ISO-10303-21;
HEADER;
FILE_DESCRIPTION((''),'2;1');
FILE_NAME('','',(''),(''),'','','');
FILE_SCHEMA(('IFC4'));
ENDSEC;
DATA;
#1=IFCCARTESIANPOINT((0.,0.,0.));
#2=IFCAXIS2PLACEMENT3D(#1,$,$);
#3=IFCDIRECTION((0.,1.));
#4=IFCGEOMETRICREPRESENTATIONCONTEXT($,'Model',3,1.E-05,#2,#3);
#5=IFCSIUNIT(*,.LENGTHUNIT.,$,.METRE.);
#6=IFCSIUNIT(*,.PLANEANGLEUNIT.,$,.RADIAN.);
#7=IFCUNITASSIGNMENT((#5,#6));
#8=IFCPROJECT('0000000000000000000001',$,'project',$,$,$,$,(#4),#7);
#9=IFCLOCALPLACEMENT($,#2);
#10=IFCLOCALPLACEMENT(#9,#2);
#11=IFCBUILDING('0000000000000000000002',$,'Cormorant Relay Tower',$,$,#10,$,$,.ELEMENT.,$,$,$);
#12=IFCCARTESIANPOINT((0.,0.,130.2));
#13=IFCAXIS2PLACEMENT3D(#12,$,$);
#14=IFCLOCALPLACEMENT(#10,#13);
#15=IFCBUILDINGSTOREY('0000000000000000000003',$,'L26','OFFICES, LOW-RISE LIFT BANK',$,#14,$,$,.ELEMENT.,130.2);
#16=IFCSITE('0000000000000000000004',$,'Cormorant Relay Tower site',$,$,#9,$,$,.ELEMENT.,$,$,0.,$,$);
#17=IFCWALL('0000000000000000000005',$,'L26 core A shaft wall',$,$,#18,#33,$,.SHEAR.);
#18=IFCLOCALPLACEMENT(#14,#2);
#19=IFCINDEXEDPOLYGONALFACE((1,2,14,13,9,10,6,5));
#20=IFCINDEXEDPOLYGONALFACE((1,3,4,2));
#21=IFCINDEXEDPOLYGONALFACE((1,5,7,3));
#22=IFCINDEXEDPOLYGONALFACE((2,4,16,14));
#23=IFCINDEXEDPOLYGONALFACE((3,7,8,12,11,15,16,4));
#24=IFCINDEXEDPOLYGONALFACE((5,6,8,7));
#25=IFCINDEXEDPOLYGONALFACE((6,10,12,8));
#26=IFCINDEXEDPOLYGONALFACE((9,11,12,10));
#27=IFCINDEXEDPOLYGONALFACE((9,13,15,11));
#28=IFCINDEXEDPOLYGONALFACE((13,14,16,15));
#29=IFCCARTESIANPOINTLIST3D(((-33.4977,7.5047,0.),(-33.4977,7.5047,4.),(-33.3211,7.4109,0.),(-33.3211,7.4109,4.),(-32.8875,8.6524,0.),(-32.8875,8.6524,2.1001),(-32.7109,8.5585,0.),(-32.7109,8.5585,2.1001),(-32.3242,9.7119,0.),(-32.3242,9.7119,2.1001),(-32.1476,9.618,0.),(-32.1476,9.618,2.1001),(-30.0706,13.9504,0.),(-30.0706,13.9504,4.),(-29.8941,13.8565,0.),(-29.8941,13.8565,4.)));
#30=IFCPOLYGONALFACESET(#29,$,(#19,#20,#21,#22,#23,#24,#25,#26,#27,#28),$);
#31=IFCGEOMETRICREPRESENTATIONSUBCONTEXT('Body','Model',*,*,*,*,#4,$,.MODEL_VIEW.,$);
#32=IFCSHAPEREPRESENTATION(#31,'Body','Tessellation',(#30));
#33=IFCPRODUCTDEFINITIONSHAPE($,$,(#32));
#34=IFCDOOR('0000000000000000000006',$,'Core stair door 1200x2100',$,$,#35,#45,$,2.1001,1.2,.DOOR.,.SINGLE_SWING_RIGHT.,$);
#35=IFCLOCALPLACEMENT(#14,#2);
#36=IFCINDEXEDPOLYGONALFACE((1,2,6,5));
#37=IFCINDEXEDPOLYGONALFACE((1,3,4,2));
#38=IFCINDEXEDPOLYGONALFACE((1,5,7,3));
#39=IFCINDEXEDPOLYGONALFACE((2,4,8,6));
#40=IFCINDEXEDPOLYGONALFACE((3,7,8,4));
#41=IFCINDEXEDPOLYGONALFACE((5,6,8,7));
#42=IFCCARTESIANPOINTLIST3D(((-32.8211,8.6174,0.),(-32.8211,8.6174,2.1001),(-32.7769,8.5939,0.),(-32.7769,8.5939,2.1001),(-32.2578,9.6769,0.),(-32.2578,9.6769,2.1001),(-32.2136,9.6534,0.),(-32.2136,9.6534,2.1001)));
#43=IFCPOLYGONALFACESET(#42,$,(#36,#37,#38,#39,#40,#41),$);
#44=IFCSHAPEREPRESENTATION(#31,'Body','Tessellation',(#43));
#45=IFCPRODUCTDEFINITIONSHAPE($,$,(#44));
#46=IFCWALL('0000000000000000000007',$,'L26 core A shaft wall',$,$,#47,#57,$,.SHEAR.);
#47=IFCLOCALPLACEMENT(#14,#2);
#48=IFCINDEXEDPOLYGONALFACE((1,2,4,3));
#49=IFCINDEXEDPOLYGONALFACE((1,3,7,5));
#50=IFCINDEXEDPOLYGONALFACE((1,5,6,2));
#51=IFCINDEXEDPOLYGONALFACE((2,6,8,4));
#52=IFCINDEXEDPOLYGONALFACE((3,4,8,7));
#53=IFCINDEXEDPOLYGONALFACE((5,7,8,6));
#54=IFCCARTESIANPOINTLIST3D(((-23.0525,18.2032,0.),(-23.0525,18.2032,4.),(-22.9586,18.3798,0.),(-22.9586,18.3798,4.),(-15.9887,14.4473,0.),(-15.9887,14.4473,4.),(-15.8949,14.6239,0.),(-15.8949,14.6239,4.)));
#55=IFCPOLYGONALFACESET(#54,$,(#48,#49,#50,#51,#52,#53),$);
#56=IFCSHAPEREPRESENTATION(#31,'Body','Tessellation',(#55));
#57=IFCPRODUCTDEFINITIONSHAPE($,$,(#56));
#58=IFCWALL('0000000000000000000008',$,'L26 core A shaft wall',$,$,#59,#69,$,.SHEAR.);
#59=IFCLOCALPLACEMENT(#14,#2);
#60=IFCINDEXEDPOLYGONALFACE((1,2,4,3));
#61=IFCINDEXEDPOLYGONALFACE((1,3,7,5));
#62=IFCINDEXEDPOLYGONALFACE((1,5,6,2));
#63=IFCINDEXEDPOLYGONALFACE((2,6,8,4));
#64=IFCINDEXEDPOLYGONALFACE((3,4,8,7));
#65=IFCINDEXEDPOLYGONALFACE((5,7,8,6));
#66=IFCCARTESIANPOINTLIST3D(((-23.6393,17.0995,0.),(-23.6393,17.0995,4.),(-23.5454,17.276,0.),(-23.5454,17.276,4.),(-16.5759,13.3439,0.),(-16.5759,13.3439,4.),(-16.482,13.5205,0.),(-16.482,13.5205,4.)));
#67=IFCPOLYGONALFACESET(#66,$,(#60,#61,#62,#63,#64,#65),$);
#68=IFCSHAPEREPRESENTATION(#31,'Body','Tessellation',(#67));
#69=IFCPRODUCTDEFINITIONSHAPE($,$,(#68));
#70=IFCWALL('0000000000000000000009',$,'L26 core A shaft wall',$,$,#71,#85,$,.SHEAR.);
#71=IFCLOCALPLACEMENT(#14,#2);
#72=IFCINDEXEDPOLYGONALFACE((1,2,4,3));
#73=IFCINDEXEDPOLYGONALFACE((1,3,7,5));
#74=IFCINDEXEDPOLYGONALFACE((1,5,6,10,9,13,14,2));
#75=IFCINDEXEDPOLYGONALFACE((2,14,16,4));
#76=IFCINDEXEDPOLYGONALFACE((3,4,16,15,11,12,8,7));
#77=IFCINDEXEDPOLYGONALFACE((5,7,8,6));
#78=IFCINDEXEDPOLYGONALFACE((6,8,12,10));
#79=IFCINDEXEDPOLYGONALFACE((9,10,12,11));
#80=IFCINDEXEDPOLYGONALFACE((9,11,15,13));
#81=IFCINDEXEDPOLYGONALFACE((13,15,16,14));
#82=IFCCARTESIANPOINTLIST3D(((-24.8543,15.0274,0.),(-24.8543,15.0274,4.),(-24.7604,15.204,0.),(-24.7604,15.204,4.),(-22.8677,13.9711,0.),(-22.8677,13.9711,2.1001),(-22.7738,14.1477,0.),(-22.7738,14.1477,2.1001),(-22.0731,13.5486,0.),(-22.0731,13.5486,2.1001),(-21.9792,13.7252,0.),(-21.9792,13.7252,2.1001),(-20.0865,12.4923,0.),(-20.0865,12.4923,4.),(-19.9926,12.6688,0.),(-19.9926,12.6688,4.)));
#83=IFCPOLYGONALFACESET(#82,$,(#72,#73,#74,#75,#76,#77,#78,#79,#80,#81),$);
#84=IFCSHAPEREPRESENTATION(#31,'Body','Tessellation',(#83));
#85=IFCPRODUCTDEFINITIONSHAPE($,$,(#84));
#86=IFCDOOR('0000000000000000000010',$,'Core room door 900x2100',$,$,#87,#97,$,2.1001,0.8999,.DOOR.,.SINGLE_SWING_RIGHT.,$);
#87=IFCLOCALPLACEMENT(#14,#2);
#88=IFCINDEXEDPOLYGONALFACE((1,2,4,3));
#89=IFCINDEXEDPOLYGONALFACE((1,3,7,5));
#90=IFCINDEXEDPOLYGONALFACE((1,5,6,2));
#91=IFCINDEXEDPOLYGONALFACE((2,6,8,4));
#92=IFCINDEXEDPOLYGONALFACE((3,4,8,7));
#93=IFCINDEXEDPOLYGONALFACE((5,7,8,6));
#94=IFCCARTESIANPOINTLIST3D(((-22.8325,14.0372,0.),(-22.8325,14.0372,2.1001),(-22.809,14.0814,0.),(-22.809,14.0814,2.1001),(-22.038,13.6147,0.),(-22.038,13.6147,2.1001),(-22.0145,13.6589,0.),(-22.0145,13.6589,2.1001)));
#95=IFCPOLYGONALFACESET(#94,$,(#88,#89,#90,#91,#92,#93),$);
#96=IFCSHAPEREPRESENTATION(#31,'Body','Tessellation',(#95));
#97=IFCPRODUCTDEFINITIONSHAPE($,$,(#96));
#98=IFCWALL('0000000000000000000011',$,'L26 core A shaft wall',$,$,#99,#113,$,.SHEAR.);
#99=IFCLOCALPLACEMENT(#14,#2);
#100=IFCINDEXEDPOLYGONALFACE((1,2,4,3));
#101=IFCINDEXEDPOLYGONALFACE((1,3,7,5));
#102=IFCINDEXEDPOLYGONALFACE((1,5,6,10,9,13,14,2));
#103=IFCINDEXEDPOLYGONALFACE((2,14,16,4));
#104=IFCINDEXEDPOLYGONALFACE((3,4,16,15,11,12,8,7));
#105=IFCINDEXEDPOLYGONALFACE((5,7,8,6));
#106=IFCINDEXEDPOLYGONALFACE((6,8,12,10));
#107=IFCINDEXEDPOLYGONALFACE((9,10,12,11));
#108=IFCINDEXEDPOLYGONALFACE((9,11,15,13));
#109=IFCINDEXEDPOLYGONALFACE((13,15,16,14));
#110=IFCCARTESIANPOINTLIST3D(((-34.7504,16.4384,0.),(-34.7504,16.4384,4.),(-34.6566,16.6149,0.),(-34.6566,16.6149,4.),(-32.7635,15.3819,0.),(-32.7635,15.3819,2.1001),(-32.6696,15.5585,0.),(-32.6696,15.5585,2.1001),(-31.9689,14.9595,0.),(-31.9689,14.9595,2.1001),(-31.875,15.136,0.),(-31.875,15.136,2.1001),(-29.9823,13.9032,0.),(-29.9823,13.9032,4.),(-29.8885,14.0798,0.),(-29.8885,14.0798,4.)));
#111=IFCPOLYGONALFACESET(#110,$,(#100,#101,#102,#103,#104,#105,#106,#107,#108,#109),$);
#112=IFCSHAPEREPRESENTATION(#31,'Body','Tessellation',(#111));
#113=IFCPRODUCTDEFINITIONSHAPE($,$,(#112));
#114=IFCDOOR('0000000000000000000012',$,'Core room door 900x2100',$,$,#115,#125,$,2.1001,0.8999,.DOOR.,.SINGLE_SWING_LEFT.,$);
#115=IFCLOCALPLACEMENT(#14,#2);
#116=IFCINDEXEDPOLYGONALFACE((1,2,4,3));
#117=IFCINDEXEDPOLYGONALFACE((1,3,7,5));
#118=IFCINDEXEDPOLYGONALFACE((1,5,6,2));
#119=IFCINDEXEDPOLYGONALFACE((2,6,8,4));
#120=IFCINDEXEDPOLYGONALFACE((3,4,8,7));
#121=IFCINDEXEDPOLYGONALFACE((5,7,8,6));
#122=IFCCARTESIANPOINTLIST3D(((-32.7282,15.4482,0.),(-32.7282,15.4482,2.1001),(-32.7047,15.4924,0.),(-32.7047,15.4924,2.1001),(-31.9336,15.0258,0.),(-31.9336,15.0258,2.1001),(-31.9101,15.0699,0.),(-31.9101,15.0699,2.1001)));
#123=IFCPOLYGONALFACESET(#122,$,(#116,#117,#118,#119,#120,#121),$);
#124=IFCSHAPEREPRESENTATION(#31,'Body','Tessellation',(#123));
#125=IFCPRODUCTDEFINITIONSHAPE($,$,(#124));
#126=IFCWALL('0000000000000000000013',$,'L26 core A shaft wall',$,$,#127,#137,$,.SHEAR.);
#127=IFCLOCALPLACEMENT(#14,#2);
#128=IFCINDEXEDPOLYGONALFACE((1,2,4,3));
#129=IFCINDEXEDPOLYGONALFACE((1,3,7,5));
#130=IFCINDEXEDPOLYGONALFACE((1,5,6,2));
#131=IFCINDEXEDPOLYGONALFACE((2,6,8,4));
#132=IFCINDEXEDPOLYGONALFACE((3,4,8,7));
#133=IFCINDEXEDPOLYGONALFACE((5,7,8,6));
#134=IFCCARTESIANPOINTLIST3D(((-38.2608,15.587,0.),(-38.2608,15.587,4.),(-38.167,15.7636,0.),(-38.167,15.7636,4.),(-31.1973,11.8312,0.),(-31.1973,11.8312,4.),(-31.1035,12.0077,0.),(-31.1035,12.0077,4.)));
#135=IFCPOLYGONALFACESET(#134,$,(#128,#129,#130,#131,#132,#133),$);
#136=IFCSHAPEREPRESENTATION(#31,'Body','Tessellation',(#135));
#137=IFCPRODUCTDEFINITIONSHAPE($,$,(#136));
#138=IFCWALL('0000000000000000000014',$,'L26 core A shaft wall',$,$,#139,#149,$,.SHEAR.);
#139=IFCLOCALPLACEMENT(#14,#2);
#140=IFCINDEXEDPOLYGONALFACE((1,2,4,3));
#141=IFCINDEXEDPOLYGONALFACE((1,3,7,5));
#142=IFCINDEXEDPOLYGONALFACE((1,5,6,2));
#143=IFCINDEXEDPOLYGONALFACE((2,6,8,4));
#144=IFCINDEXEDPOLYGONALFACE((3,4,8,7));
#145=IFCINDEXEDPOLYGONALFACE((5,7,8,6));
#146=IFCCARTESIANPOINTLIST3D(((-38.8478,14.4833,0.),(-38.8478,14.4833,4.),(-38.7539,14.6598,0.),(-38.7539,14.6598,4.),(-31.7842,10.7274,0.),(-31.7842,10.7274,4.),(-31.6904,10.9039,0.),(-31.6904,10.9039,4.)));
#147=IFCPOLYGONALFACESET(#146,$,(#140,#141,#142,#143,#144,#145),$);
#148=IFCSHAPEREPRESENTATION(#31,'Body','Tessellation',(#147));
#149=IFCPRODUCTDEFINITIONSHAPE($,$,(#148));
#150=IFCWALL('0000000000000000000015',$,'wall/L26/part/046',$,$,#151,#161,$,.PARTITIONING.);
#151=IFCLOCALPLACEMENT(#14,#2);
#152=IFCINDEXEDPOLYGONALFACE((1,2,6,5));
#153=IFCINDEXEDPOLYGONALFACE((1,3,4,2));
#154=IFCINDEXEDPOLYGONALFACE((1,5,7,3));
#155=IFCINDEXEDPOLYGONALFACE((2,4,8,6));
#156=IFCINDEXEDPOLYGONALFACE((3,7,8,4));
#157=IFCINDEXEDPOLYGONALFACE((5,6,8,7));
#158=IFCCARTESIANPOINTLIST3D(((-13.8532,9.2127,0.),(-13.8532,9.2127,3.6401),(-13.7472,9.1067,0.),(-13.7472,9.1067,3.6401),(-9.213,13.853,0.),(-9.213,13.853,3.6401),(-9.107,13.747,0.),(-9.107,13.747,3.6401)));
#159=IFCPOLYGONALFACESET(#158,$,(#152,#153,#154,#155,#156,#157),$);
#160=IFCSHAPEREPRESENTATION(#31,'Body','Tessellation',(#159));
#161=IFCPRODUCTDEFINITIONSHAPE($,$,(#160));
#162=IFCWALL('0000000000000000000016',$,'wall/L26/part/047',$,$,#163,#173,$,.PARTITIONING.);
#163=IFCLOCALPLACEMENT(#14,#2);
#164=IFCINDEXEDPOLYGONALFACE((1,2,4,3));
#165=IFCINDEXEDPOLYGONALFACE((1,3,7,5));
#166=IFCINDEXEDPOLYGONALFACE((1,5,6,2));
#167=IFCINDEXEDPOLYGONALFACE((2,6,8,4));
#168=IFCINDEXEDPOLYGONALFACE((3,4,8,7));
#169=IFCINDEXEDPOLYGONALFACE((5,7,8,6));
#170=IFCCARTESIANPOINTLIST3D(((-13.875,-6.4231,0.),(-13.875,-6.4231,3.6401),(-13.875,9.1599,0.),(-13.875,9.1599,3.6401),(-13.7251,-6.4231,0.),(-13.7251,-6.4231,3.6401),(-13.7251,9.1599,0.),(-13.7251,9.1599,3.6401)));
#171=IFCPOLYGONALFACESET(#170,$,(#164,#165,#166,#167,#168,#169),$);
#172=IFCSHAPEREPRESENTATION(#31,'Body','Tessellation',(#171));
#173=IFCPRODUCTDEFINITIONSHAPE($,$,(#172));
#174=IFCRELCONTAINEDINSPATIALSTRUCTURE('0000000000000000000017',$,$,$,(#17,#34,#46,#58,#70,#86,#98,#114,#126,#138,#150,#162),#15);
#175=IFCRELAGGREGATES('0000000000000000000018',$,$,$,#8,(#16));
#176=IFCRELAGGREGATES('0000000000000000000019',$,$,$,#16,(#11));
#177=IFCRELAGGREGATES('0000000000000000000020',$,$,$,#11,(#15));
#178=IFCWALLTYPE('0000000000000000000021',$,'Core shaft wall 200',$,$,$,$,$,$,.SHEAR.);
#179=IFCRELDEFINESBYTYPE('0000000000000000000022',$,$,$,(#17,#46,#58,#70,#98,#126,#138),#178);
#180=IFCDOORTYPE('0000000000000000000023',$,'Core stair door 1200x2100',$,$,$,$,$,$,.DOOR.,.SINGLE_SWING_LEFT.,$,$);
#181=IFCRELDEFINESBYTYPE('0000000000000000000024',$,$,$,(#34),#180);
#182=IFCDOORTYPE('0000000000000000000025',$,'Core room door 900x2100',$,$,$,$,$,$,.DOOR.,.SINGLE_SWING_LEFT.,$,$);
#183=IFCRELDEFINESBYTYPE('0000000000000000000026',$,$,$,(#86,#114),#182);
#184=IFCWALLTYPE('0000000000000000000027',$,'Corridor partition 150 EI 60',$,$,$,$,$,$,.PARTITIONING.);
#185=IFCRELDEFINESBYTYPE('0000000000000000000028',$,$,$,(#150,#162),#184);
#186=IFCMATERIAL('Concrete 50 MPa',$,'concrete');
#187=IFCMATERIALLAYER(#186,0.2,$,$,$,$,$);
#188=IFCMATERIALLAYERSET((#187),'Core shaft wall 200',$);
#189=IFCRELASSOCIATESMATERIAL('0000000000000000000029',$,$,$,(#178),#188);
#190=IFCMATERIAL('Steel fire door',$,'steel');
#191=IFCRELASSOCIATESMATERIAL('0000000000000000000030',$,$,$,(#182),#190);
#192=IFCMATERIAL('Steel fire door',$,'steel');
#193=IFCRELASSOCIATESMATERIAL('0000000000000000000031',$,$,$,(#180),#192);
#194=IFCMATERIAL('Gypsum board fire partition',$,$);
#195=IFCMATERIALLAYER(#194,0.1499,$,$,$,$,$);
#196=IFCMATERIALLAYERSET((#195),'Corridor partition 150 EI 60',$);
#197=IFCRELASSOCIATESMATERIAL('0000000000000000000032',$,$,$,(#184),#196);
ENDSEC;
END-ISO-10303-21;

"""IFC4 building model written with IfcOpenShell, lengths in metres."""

from ifc_helpers import new_model, si_unit, direction, frame, frame_2d, origin, place, context, subcontext, project, spatial, rectangle, extrude, material, layer, layer_set, type_object, element, fill, save


model = new_model("IFC4")

# Units and contexts
model_context = context("Model", 3, precision=1e-05, world=origin(), true_north=direction((0.0, 1.0)))
body_context = subcontext(model_context, "Body", "Model", "MODEL_VIEW")
ifc_project = project(units=[si_unit("LENGTHUNIT", "METRE"), si_unit("PLANEANGLEUNIT", "RADIAN")], contexts=[model_context])

# Site, building, storey
site_placement = place(None, origin())
site = spatial("IfcSite", under=ifc_project, at=site_placement, Name="Cormorant Relay Tower site", CompositionType="ELEMENT", RefElevation=0.0)
building_placement = place(site_placement, origin())
building = spatial("IfcBuilding", under=site, at=building_placement, Name="Cormorant Relay Tower", CompositionType="ELEMENT")
storey_placement = place(building_placement, frame((0.0, 0.0, 130.2)))
storey = spatial("IfcBuildingStorey", under=building, at=storey_placement, Name="L26", Description="OFFICES, LOW-RISE LIFT BANK", CompositionType="ELEMENT", Elevation=130.2)

# Shared definitions
ifc_material_1 = material(Name="Concrete 50 MPa", Category="concrete")
ifc_layer_1 = layer(ifc_material_1, 0.2)
ifc_layer_set_1 = layer_set([ifc_layer_1], Name="Core shaft wall 200")
wall_type_1 = type_object("IfcWallType", Name="Core shaft wall 200", PredefinedType="SHEAR", material=ifc_layer_set_1)

# Shared definitions
ifc_material_2 = material(Name="Steel fire door", Category="steel")
door_type_1 = type_object("IfcDoorType", Name="Core room door 900x2100", OperationType="SINGLE_SWING_LEFT", PredefinedType="DOOR", material=ifc_material_2)

# Wall, opening, door
wall_1_placement = place(storey_placement, frame((-29.9824, 13.9033, 0.0), z_axis=(0.0, 0.0, 1.0), x_axis=(-0.469454, -0.882957, 0.0)))
wall_1 = element("IfcWall", 1, at=wall_1_placement, inside=storey, type_object=wall_type_1, Name="L26 core A shaft wall", PredefinedType="SHEAR", context=body_context, shape_type="SweptSolid", body=[
    extrude(rectangle(XDim=7.3, YDim=0.2, at=frame_2d((3.6499, 0.0))), origin(), (0.0, 0.0, 1.0), 4.0),
])
opening_1_placement = place(wall_1_placement, frame((4.8, 0.0, 0.0)))
opening_1 = element("IfcOpeningElement", 2, at=opening_1_placement, cuts=wall_1, PredefinedType="OPENING", context=body_context, shape_type="SweptSolid", body=[
    extrude(rectangle(XDim=1.2, YDim=2.1001, at=frame_2d((0.6001, 1.05))), frame((0.0, 0.1099, 0.0), z_axis=(0.0, -1.0, 0.0), x_axis=(1.0, 0.0, 0.0)), (0.0, 0.0, 1.0), 0.22),
])
ifc_material_3 = material(Name="Steel fire door", Category="steel")
door_type_2 = type_object("IfcDoorType", Name="Core stair door 1200x2100", OperationType="SINGLE_SWING_LEFT", PredefinedType="DOOR", material=ifc_material_3)
door_1_placement = place(opening_1_placement, frame((1.2, 0.0, 0.0), z_axis=(0.0, 0.0, 1.0), x_axis=(-1.0, 0.0, 0.0)))
door_1 = element("IfcDoor", 3, at=door_1_placement, inside=storey, type_object=door_type_2, Name="Core stair door 1200x2100", OperationType="SINGLE_SWING_RIGHT", OverallHeight=2.1001, OverallWidth=1.2, PredefinedType="DOOR", context=body_context, shape_type="SweptSolid", body=[
    extrude(rectangle(XDim=1.2, YDim=2.1001, at=frame_2d((0.6001, 1.05))), frame((0.0, 0.0249, 0.0), z_axis=(0.0, -1.0, 0.0), x_axis=(1.0, 0.0, 0.0)), (0.0, 0.0, 1.0), 0.05),
])
fill(opening_1, door_1)

# Walls
wall_2_placement = place(storey_placement, frame((-15.9419, 14.5356, 0.0), z_axis=(0.0, 0.0, 1.0), x_axis=(-0.882947, 0.469473, 0.0)))
element("IfcWall", 4, at=wall_2_placement, inside=storey, type_object=wall_type_1, Name="L26 core A shaft wall", PredefinedType="SHEAR", context=body_context, shape_type="SweptSolid", body=[
    extrude(rectangle(XDim=8.0002, YDim=0.2, at=frame_2d((4.0, 0.0))), origin(), (0.0, 0.0, 1.0), 4.0),
])
wall_3_placement = place(storey_placement, frame((-16.5288, 13.4321, 0.0), z_axis=(0.0, 0.0, 1.0), x_axis=(-0.882953, 0.469462, 0.0)))
element("IfcWall", 5, at=wall_3_placement, inside=storey, type_object=wall_type_1, Name="L26 core A shaft wall", PredefinedType="SHEAR", context=body_context, shape_type="SweptSolid", body=[
    extrude(rectangle(XDim=7.9998, YDim=0.2, at=frame_2d((4.0, 0.0))), origin(), (0.0, 0.0, 1.0), 4.0),
])

# Walls, openings, doors
wall_4_placement = place(storey_placement, frame((-20.0396, 12.5806, 0.0), z_axis=(0.0, 0.0, 1.0), x_axis=(-0.882943, 0.46948, 0.0)))
wall_4 = element("IfcWall", 6, at=wall_4_placement, inside=storey, type_object=wall_type_1, Name="L26 core A shaft wall", PredefinedType="SHEAR", context=body_context, shape_type="SweptSolid", body=[
    extrude(rectangle(XDim=5.3999, YDim=0.2, at=frame_2d((2.7, 0.0))), origin(), (0.0, 0.0, 1.0), 4.0),
])
opening_2_placement = place(wall_4_placement, frame((2.25, 0.0, 0.0)))
opening_2 = element("IfcOpeningElement", 7, at=opening_2_placement, cuts=wall_4, PredefinedType="OPENING", context=body_context, shape_type="SweptSolid", body=[
    extrude(rectangle(XDim=0.8999, YDim=2.1001, at=frame_2d((0.45, 1.05))), frame((0.0, 0.1099, 0.0), z_axis=(0.0, -1.0, 0.0), x_axis=(1.0, 0.0, 0.0)), (0.0, 0.0, 1.0), 0.22),
])
door_2_placement = place(opening_2_placement, frame((0.8999, 0.0, 0.0), z_axis=(0.0, 0.0, 1.0), x_axis=(-1.0, 0.0, 0.0)))
door_2 = element("IfcDoor", 8, at=door_2_placement, inside=storey, type_object=door_type_1, Name="Core room door 900x2100", OperationType="SINGLE_SWING_RIGHT", OverallHeight=2.1001, OverallWidth=0.8999, PredefinedType="DOOR", context=body_context, shape_type="SweptSolid", body=[
    extrude(rectangle(XDim=0.8999, YDim=2.1001, at=frame_2d((0.45, 1.05))), frame((0.0, 0.0249, 0.0), z_axis=(0.0, -1.0, 0.0), x_axis=(1.0, 0.0, 0.0)), (0.0, 0.0, 1.0), 0.05),
])
fill(opening_2, door_2)
wall_5_placement = place(storey_placement, frame((-29.9353, 13.9915, 0.0), z_axis=(0.0, 0.0, 1.0), x_axis=(-0.882953, 0.469462, 0.0)))
wall_5 = element("IfcWall", 9, at=wall_5_placement, inside=storey, type_object=wall_type_1, Name="L26 core A shaft wall", PredefinedType="SHEAR", context=body_context, shape_type="SweptSolid", body=[
    extrude(rectangle(XDim=5.4001, YDim=0.2, at=frame_2d((2.7002, 0.0))), origin(), (0.0, 0.0, 1.0), 4.0),
])
opening_3_placement = place(wall_5_placement, frame((2.25, 0.0, 0.0)))
opening_3 = element("IfcOpeningElement", 10, at=opening_3_placement, cuts=wall_5, PredefinedType="OPENING", context=body_context, shape_type="SweptSolid", body=[
    extrude(rectangle(XDim=0.8999, YDim=2.1001, at=frame_2d((0.45, 1.05))), frame((0.0, 0.1099, 0.0), z_axis=(0.0, -1.0, 0.0), x_axis=(1.0, 0.0, 0.0)), (0.0, 0.0, 1.0), 0.22),
])
door_3_placement = place(opening_3_placement, origin())
door_3 = element("IfcDoor", 11, at=door_3_placement, inside=storey, type_object=door_type_1, Name="Core room door 900x2100", OperationType="SINGLE_SWING_LEFT", OverallHeight=2.1001, OverallWidth=0.8999, PredefinedType="DOOR", context=body_context, shape_type="SweptSolid", body=[
    extrude(rectangle(XDim=0.8999, YDim=2.1001, at=frame_2d((0.45, 1.05))), frame((0.0, 0.0249, 0.0), z_axis=(0.0, -1.0, 0.0), x_axis=(1.0, 0.0, 0.0)), (0.0, 0.0, 1.0), 0.05),
])
fill(opening_3, door_3)

# Walls
for number, where, z_axis, x_axis, name in (
    (12, (-31.1504, 11.9194, 0.0), (0.0, 0.0, 1.0), (-0.88294, 0.469485, 0.0), "L26 core A shaft wall"),
    (13, (-31.7373, 10.8157, 0.0), (0.0, 0.0, 1.0), (-0.88294, 0.469485, 0.0), "L26 core A shaft wall"),
):
    element("IfcWall", number, at=place(storey_placement, frame(where, z_axis=z_axis, x_axis=x_axis)), inside=storey, type_object=wall_type_1, Name=name, PredefinedType="SHEAR", context=body_context, shape_type="SweptSolid", body=[
        extrude(rectangle(XDim=8.0, YDim=0.2, at=frame_2d((4.0, 0.0))), origin(), (0.0, 0.0, 1.0), 4.0),
    ])
ifc_material_4 = material(Name="Gypsum board fire partition")
ifc_layer_2 = layer(ifc_material_4, 0.1499)
ifc_layer_set_2 = layer_set([ifc_layer_2], Name="Corridor partition 150 EI 60")
wall_type_2 = type_object("IfcWallType", Name="Corridor partition 150 EI 60", PredefinedType="PARTITIONING", material=ifc_layer_set_2)
wall_6_placement = place(storey_placement, frame((-9.1599, 13.8, 0.0), z_axis=(0.0, 0.0, 1.0), x_axis=(-0.707107, -0.707107, 0.0)))
element("IfcWall", 14, at=wall_6_placement, inside=storey, type_object=wall_type_2, Name="wall/L26/part/046", PredefinedType="PARTITIONING", context=body_context, shape_type="SweptSolid", body=[
    extrude(rectangle(XDim=6.5623, YDim=0.1499, at=frame_2d((3.2812, 0.0))), origin(), (0.0, 0.0, 1.0), 3.6401),
])
wall_7_placement = place(storey_placement, frame((-13.8, 9.1599, 0.0), z_axis=(0.0, 0.0, 1.0), x_axis=(0.0, -1.0, 0.0)))
element("IfcWall", 15, at=wall_7_placement, inside=storey, type_object=wall_type_2, Name="wall/L26/part/047", PredefinedType="PARTITIONING", context=body_context, shape_type="SweptSolid", body=[
    extrude(rectangle(XDim=15.583, YDim=0.1499, at=frame_2d((7.7915, 0.0))), origin(), (0.0, 0.0, 1.0), 3.6401),
])

save(model, "model.ifc")
